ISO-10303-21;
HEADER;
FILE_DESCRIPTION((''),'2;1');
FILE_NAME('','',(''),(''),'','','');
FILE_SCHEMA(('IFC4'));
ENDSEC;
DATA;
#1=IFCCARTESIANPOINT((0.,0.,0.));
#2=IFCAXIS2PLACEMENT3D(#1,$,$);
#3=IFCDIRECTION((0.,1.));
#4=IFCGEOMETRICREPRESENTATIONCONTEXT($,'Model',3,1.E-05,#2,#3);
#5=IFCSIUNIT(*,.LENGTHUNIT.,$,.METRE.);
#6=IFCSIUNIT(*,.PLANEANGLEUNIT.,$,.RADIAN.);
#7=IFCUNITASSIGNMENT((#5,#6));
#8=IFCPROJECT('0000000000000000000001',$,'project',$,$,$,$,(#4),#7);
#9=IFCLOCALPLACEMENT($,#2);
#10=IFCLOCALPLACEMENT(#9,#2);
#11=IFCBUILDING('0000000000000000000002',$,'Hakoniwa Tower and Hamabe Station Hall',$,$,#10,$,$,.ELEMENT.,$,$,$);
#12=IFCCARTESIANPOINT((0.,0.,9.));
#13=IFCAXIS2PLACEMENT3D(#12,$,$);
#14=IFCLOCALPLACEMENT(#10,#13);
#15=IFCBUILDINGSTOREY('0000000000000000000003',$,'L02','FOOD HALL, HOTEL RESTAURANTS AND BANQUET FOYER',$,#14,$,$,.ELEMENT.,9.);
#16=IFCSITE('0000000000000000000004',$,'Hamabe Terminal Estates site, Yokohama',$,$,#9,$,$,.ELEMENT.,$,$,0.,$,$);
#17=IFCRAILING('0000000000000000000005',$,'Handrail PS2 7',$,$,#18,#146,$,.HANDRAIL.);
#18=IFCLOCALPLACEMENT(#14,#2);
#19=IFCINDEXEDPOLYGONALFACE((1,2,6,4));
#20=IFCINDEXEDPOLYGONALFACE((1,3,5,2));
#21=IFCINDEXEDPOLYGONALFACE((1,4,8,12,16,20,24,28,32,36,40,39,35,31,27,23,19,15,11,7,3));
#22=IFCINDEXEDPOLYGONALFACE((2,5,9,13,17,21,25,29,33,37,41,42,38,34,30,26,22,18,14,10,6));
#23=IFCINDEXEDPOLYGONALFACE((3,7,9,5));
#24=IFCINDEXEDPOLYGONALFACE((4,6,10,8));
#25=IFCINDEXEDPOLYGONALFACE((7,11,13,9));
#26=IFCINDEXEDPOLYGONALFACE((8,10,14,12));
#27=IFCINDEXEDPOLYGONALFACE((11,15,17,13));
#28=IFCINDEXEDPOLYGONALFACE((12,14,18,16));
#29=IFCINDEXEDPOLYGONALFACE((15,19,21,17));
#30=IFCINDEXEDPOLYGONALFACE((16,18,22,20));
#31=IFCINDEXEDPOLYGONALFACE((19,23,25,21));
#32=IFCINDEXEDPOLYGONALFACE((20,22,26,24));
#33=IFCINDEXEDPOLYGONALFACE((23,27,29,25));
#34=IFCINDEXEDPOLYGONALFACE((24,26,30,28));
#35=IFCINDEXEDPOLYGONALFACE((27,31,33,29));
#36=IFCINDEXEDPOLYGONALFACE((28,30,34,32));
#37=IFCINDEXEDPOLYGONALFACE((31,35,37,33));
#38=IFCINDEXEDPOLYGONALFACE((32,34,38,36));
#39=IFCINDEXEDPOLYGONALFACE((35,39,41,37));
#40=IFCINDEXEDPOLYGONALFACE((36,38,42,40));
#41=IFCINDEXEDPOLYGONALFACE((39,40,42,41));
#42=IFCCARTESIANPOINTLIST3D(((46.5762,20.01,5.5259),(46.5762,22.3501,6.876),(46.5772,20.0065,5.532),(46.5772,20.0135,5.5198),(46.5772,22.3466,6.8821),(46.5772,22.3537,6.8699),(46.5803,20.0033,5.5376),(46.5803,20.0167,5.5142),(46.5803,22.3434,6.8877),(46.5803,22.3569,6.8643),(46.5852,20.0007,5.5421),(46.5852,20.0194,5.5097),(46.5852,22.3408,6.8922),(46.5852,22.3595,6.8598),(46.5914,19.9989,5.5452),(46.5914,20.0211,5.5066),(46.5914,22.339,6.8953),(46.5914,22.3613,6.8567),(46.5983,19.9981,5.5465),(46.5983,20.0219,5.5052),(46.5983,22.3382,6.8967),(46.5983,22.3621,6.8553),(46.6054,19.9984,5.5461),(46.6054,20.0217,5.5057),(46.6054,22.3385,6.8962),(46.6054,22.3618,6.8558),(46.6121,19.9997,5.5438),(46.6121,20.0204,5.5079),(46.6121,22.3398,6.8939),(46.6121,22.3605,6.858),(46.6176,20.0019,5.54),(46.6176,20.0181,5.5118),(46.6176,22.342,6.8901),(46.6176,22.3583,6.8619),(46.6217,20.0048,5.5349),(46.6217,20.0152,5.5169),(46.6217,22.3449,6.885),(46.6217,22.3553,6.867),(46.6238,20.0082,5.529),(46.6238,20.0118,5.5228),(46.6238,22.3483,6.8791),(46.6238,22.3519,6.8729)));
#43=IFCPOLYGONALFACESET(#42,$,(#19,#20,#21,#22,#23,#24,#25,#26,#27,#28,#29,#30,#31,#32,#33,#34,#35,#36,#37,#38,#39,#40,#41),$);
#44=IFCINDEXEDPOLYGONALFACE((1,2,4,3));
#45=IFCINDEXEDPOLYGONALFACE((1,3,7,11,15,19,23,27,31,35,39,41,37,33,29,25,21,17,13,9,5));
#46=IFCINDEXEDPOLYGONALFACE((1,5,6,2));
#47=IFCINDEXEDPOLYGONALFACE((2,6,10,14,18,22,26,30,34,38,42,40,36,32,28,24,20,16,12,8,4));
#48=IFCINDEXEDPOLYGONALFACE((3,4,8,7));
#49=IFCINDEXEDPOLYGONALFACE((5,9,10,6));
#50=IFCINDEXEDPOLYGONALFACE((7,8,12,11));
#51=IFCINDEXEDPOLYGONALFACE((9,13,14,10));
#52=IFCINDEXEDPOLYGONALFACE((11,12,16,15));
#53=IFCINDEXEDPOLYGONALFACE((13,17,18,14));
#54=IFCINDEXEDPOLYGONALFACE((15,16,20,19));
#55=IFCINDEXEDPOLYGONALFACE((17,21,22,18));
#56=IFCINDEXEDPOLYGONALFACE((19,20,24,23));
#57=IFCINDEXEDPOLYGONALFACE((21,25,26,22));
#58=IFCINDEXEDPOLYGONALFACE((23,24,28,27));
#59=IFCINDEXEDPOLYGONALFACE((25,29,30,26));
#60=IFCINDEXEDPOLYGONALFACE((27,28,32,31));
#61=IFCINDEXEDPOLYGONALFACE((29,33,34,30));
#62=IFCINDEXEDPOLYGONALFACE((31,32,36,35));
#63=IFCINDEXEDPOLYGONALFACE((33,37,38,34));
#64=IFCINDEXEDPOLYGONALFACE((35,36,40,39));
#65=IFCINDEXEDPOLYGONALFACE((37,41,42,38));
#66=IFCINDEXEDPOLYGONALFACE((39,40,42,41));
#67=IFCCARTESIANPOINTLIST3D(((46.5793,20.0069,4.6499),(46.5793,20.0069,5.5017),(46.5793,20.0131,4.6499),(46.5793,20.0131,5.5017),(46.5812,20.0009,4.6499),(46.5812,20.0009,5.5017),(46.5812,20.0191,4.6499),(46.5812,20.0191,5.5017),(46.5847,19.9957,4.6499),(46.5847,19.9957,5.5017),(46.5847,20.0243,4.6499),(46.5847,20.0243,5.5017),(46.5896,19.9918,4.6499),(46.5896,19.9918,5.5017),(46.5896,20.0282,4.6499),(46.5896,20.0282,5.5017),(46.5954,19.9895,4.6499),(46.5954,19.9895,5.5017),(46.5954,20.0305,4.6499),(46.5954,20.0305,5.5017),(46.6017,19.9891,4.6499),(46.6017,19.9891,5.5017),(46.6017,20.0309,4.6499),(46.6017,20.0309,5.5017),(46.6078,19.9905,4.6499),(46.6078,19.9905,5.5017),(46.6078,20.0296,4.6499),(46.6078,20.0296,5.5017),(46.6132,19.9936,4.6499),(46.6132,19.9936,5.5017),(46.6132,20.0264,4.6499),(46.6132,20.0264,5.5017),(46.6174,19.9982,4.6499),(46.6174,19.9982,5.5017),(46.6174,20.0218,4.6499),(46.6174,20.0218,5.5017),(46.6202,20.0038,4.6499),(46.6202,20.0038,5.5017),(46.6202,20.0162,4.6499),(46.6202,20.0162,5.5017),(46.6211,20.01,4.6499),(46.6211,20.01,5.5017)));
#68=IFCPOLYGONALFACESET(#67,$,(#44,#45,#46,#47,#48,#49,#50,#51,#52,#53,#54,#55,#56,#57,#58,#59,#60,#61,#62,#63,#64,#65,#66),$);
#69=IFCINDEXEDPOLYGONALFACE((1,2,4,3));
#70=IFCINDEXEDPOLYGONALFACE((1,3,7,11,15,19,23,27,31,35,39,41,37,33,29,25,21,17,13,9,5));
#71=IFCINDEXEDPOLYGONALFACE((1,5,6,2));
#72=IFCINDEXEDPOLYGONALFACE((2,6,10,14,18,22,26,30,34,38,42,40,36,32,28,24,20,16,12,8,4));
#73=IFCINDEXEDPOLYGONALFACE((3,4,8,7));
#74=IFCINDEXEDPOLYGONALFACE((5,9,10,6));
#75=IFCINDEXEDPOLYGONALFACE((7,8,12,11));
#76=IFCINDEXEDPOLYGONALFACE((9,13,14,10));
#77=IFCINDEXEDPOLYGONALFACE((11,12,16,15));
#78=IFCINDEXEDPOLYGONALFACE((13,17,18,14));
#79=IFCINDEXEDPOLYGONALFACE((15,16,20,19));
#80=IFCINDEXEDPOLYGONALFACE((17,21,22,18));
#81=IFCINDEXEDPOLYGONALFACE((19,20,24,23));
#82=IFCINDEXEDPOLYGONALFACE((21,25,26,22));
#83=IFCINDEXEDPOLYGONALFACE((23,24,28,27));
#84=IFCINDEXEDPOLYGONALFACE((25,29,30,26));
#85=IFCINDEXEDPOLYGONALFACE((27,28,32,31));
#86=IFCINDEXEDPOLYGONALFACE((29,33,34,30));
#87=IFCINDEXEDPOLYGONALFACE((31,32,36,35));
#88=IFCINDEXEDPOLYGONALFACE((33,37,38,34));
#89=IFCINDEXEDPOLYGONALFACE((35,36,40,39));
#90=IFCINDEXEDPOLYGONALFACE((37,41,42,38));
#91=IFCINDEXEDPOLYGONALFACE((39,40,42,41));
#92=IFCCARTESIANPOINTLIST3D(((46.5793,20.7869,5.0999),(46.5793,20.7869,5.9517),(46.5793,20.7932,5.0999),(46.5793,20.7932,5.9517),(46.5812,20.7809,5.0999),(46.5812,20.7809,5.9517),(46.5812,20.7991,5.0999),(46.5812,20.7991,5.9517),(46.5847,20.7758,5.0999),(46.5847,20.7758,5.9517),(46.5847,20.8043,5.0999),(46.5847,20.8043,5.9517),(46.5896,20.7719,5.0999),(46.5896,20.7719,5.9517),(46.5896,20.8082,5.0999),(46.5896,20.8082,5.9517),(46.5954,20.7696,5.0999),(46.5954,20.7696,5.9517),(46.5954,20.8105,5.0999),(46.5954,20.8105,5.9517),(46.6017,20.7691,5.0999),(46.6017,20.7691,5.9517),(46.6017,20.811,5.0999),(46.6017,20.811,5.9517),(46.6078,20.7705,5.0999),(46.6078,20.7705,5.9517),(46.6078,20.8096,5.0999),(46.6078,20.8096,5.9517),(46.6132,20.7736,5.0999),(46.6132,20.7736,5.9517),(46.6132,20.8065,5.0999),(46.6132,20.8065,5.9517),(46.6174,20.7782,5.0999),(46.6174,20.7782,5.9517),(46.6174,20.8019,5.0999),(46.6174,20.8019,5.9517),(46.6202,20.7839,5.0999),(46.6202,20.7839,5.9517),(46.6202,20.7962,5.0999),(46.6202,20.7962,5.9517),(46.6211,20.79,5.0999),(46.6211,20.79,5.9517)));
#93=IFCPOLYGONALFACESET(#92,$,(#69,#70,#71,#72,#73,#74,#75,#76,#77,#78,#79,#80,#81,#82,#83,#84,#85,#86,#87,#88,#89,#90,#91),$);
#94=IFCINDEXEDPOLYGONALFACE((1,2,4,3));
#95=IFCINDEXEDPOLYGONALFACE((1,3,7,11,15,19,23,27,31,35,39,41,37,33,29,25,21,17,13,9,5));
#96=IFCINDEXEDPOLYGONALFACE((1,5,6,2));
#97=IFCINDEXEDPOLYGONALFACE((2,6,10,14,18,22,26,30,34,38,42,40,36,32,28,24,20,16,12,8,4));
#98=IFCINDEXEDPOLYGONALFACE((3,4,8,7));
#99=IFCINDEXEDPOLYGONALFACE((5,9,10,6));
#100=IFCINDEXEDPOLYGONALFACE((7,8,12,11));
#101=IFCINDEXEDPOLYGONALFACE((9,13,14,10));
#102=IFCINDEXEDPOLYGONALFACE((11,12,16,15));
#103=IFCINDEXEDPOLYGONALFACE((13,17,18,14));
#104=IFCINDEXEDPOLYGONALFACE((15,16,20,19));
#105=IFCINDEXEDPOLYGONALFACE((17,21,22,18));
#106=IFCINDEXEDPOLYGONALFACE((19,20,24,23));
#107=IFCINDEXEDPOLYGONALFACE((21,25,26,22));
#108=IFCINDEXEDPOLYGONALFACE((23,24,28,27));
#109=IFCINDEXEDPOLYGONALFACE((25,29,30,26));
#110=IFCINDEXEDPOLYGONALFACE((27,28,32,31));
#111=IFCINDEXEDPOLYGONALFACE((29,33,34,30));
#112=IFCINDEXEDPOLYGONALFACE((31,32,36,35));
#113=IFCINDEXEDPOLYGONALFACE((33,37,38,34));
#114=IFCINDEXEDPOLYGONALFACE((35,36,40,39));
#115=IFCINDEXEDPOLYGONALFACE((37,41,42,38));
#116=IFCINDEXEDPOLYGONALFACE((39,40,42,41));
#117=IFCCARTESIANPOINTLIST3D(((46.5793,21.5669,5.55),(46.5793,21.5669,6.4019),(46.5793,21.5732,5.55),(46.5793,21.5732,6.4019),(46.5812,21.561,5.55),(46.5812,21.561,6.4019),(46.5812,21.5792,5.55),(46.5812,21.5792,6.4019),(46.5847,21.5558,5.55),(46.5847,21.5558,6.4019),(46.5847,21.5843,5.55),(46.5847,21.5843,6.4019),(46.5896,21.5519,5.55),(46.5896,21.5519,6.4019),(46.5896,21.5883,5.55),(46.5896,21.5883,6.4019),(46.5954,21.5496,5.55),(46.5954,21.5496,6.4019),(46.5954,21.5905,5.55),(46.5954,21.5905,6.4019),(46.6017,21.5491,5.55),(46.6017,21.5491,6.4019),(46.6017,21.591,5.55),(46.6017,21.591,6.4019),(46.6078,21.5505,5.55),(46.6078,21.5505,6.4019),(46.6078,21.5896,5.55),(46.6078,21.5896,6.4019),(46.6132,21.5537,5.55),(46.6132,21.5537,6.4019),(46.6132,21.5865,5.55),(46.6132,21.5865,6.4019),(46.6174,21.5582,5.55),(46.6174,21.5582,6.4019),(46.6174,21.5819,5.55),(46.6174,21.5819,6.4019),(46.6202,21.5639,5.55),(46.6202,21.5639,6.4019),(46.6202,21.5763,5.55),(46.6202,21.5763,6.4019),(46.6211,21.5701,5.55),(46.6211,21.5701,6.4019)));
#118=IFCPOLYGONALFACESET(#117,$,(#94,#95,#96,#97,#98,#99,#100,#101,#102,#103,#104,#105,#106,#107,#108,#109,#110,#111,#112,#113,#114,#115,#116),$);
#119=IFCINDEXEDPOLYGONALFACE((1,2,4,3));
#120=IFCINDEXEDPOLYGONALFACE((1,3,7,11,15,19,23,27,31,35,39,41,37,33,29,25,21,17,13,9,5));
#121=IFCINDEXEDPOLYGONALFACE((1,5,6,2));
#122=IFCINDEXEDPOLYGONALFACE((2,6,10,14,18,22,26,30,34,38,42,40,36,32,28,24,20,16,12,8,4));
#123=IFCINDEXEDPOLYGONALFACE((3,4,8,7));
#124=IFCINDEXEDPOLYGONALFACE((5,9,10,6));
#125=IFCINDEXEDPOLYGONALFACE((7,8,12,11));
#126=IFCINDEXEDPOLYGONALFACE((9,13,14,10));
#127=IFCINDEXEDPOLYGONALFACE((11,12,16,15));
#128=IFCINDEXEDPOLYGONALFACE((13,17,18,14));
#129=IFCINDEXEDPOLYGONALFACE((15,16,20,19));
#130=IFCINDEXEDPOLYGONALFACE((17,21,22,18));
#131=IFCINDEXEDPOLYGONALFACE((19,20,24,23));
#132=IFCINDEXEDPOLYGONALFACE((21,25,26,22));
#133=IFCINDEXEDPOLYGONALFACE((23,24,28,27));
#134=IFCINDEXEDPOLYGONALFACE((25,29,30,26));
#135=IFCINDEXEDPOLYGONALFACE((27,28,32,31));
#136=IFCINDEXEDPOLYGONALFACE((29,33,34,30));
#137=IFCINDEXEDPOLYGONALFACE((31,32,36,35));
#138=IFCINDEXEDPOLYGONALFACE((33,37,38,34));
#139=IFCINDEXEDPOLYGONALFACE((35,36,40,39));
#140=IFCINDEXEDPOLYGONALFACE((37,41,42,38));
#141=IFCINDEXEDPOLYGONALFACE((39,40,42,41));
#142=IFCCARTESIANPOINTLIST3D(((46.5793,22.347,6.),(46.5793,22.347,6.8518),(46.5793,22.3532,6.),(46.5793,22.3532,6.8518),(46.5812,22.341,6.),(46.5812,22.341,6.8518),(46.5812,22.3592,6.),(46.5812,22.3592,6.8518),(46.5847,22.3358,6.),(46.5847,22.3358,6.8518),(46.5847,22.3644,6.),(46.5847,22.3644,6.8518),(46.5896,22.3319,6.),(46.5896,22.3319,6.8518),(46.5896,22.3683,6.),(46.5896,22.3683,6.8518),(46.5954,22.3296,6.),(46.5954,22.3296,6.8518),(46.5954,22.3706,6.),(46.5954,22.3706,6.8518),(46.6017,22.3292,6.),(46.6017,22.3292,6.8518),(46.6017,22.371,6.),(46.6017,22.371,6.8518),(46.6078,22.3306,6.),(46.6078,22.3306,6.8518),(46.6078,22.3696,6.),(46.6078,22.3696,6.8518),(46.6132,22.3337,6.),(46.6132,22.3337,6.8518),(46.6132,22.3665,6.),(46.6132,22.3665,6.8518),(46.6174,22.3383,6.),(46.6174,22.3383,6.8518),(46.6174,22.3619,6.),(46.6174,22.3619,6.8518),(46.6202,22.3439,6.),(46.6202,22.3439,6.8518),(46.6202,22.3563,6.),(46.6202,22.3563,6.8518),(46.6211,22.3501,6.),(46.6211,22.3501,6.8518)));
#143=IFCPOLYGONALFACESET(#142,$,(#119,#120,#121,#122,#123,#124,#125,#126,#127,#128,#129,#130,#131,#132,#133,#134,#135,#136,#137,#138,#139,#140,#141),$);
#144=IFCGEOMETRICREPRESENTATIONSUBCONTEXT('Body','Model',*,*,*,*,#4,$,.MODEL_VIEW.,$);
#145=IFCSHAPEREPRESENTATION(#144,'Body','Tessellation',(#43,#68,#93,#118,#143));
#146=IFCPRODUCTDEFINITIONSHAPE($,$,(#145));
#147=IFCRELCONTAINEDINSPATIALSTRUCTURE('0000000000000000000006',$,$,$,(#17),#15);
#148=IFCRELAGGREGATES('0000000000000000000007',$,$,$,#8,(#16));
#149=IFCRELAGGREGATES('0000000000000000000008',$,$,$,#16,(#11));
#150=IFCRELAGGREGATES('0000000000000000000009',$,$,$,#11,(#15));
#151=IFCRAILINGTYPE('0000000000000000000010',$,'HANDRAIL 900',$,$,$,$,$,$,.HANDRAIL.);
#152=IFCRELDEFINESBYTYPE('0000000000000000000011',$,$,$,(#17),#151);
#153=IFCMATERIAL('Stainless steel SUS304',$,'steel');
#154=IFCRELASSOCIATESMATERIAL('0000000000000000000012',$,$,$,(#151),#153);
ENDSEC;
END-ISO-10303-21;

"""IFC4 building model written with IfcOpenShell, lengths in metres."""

from ifc_helpers import new_model, si_unit, direction, frame, origin, origin_2d, place, context, subcontext, project, spatial, circle, extrude, material, type_object, element, save


model = new_model("IFC4")

# Units and contexts
model_context = context("Model", 3, precision=1e-05, world=origin(), true_north=direction((0.0, 1.0)))
body_context = subcontext(model_context, "Body", "Model", "MODEL_VIEW")
ifc_project = project(units=[si_unit("LENGTHUNIT", "METRE"), si_unit("PLANEANGLEUNIT", "RADIAN")], contexts=[model_context])

# Site, building, storey
site_placement = place(None, origin())
site = spatial("IfcSite", under=ifc_project, at=site_placement, Name="Hamabe Terminal Estates site, Yokohama", CompositionType="ELEMENT", RefElevation=0.0)
building_placement = place(site_placement, origin())
building = spatial("IfcBuilding", under=site, at=building_placement, Name="Hakoniwa Tower and Hamabe Station Hall", CompositionType="ELEMENT")
storey_placement = place(building_placement, frame((0.0, 0.0, 9.0)))
storey = spatial("IfcBuildingStorey", under=building, at=storey_placement, Name="L02", Description="FOOD HALL, HOTEL RESTAURANTS AND BANQUET FOYER", CompositionType="ELEMENT", Elevation=9.0)

# Railing
ifc_material_1 = material(Name="Stainless steel SUS304", Category="steel")
railing_type_1 = type_object("IfcRailingType", Name="HANDRAIL 900", PredefinedType="HANDRAIL", material=ifc_material_1)
for number, where, name in (
    (1, (46.6001, 20.01, 4.6499), "Handrail PS2 7"),
):
    element("IfcRailing", number, at=place(storey_placement, frame(where)), inside=storey, type_object=railing_type_1, Name=name, PredefinedType="HANDRAIL", context=body_context, shape_type="SweptSolid", body=[
        extrude(circle(Radius=0.0239, at=origin_2d()), frame((0.0, 0.0, 0.876), z_axis=(0.0, 0.866178, 0.499735), x_axis=(-1.0, 0.0, 0.0)), (0.0, 0.0, 1.0), 2.7017),
        extrude(circle(Radius=0.021, at=origin_2d()), origin(), (0.0, 0.0, 1.0), 0.8518),
        extrude(circle(Radius=0.021, at=origin_2d()), frame((0.0, 0.78, 0.45)), (0.0, 0.0, 1.0), 0.8518),
        extrude(circle(Radius=0.021, at=origin_2d()), frame((0.0, 1.5601, 0.9001)), (0.0, 0.0, 1.0), 0.8518),
        extrude(circle(Radius=0.021, at=origin_2d()), frame((0.0, 2.3401, 1.3501)), (0.0, 0.0, 1.0), 0.8518),
    ])

save(model, "model.ifc")
